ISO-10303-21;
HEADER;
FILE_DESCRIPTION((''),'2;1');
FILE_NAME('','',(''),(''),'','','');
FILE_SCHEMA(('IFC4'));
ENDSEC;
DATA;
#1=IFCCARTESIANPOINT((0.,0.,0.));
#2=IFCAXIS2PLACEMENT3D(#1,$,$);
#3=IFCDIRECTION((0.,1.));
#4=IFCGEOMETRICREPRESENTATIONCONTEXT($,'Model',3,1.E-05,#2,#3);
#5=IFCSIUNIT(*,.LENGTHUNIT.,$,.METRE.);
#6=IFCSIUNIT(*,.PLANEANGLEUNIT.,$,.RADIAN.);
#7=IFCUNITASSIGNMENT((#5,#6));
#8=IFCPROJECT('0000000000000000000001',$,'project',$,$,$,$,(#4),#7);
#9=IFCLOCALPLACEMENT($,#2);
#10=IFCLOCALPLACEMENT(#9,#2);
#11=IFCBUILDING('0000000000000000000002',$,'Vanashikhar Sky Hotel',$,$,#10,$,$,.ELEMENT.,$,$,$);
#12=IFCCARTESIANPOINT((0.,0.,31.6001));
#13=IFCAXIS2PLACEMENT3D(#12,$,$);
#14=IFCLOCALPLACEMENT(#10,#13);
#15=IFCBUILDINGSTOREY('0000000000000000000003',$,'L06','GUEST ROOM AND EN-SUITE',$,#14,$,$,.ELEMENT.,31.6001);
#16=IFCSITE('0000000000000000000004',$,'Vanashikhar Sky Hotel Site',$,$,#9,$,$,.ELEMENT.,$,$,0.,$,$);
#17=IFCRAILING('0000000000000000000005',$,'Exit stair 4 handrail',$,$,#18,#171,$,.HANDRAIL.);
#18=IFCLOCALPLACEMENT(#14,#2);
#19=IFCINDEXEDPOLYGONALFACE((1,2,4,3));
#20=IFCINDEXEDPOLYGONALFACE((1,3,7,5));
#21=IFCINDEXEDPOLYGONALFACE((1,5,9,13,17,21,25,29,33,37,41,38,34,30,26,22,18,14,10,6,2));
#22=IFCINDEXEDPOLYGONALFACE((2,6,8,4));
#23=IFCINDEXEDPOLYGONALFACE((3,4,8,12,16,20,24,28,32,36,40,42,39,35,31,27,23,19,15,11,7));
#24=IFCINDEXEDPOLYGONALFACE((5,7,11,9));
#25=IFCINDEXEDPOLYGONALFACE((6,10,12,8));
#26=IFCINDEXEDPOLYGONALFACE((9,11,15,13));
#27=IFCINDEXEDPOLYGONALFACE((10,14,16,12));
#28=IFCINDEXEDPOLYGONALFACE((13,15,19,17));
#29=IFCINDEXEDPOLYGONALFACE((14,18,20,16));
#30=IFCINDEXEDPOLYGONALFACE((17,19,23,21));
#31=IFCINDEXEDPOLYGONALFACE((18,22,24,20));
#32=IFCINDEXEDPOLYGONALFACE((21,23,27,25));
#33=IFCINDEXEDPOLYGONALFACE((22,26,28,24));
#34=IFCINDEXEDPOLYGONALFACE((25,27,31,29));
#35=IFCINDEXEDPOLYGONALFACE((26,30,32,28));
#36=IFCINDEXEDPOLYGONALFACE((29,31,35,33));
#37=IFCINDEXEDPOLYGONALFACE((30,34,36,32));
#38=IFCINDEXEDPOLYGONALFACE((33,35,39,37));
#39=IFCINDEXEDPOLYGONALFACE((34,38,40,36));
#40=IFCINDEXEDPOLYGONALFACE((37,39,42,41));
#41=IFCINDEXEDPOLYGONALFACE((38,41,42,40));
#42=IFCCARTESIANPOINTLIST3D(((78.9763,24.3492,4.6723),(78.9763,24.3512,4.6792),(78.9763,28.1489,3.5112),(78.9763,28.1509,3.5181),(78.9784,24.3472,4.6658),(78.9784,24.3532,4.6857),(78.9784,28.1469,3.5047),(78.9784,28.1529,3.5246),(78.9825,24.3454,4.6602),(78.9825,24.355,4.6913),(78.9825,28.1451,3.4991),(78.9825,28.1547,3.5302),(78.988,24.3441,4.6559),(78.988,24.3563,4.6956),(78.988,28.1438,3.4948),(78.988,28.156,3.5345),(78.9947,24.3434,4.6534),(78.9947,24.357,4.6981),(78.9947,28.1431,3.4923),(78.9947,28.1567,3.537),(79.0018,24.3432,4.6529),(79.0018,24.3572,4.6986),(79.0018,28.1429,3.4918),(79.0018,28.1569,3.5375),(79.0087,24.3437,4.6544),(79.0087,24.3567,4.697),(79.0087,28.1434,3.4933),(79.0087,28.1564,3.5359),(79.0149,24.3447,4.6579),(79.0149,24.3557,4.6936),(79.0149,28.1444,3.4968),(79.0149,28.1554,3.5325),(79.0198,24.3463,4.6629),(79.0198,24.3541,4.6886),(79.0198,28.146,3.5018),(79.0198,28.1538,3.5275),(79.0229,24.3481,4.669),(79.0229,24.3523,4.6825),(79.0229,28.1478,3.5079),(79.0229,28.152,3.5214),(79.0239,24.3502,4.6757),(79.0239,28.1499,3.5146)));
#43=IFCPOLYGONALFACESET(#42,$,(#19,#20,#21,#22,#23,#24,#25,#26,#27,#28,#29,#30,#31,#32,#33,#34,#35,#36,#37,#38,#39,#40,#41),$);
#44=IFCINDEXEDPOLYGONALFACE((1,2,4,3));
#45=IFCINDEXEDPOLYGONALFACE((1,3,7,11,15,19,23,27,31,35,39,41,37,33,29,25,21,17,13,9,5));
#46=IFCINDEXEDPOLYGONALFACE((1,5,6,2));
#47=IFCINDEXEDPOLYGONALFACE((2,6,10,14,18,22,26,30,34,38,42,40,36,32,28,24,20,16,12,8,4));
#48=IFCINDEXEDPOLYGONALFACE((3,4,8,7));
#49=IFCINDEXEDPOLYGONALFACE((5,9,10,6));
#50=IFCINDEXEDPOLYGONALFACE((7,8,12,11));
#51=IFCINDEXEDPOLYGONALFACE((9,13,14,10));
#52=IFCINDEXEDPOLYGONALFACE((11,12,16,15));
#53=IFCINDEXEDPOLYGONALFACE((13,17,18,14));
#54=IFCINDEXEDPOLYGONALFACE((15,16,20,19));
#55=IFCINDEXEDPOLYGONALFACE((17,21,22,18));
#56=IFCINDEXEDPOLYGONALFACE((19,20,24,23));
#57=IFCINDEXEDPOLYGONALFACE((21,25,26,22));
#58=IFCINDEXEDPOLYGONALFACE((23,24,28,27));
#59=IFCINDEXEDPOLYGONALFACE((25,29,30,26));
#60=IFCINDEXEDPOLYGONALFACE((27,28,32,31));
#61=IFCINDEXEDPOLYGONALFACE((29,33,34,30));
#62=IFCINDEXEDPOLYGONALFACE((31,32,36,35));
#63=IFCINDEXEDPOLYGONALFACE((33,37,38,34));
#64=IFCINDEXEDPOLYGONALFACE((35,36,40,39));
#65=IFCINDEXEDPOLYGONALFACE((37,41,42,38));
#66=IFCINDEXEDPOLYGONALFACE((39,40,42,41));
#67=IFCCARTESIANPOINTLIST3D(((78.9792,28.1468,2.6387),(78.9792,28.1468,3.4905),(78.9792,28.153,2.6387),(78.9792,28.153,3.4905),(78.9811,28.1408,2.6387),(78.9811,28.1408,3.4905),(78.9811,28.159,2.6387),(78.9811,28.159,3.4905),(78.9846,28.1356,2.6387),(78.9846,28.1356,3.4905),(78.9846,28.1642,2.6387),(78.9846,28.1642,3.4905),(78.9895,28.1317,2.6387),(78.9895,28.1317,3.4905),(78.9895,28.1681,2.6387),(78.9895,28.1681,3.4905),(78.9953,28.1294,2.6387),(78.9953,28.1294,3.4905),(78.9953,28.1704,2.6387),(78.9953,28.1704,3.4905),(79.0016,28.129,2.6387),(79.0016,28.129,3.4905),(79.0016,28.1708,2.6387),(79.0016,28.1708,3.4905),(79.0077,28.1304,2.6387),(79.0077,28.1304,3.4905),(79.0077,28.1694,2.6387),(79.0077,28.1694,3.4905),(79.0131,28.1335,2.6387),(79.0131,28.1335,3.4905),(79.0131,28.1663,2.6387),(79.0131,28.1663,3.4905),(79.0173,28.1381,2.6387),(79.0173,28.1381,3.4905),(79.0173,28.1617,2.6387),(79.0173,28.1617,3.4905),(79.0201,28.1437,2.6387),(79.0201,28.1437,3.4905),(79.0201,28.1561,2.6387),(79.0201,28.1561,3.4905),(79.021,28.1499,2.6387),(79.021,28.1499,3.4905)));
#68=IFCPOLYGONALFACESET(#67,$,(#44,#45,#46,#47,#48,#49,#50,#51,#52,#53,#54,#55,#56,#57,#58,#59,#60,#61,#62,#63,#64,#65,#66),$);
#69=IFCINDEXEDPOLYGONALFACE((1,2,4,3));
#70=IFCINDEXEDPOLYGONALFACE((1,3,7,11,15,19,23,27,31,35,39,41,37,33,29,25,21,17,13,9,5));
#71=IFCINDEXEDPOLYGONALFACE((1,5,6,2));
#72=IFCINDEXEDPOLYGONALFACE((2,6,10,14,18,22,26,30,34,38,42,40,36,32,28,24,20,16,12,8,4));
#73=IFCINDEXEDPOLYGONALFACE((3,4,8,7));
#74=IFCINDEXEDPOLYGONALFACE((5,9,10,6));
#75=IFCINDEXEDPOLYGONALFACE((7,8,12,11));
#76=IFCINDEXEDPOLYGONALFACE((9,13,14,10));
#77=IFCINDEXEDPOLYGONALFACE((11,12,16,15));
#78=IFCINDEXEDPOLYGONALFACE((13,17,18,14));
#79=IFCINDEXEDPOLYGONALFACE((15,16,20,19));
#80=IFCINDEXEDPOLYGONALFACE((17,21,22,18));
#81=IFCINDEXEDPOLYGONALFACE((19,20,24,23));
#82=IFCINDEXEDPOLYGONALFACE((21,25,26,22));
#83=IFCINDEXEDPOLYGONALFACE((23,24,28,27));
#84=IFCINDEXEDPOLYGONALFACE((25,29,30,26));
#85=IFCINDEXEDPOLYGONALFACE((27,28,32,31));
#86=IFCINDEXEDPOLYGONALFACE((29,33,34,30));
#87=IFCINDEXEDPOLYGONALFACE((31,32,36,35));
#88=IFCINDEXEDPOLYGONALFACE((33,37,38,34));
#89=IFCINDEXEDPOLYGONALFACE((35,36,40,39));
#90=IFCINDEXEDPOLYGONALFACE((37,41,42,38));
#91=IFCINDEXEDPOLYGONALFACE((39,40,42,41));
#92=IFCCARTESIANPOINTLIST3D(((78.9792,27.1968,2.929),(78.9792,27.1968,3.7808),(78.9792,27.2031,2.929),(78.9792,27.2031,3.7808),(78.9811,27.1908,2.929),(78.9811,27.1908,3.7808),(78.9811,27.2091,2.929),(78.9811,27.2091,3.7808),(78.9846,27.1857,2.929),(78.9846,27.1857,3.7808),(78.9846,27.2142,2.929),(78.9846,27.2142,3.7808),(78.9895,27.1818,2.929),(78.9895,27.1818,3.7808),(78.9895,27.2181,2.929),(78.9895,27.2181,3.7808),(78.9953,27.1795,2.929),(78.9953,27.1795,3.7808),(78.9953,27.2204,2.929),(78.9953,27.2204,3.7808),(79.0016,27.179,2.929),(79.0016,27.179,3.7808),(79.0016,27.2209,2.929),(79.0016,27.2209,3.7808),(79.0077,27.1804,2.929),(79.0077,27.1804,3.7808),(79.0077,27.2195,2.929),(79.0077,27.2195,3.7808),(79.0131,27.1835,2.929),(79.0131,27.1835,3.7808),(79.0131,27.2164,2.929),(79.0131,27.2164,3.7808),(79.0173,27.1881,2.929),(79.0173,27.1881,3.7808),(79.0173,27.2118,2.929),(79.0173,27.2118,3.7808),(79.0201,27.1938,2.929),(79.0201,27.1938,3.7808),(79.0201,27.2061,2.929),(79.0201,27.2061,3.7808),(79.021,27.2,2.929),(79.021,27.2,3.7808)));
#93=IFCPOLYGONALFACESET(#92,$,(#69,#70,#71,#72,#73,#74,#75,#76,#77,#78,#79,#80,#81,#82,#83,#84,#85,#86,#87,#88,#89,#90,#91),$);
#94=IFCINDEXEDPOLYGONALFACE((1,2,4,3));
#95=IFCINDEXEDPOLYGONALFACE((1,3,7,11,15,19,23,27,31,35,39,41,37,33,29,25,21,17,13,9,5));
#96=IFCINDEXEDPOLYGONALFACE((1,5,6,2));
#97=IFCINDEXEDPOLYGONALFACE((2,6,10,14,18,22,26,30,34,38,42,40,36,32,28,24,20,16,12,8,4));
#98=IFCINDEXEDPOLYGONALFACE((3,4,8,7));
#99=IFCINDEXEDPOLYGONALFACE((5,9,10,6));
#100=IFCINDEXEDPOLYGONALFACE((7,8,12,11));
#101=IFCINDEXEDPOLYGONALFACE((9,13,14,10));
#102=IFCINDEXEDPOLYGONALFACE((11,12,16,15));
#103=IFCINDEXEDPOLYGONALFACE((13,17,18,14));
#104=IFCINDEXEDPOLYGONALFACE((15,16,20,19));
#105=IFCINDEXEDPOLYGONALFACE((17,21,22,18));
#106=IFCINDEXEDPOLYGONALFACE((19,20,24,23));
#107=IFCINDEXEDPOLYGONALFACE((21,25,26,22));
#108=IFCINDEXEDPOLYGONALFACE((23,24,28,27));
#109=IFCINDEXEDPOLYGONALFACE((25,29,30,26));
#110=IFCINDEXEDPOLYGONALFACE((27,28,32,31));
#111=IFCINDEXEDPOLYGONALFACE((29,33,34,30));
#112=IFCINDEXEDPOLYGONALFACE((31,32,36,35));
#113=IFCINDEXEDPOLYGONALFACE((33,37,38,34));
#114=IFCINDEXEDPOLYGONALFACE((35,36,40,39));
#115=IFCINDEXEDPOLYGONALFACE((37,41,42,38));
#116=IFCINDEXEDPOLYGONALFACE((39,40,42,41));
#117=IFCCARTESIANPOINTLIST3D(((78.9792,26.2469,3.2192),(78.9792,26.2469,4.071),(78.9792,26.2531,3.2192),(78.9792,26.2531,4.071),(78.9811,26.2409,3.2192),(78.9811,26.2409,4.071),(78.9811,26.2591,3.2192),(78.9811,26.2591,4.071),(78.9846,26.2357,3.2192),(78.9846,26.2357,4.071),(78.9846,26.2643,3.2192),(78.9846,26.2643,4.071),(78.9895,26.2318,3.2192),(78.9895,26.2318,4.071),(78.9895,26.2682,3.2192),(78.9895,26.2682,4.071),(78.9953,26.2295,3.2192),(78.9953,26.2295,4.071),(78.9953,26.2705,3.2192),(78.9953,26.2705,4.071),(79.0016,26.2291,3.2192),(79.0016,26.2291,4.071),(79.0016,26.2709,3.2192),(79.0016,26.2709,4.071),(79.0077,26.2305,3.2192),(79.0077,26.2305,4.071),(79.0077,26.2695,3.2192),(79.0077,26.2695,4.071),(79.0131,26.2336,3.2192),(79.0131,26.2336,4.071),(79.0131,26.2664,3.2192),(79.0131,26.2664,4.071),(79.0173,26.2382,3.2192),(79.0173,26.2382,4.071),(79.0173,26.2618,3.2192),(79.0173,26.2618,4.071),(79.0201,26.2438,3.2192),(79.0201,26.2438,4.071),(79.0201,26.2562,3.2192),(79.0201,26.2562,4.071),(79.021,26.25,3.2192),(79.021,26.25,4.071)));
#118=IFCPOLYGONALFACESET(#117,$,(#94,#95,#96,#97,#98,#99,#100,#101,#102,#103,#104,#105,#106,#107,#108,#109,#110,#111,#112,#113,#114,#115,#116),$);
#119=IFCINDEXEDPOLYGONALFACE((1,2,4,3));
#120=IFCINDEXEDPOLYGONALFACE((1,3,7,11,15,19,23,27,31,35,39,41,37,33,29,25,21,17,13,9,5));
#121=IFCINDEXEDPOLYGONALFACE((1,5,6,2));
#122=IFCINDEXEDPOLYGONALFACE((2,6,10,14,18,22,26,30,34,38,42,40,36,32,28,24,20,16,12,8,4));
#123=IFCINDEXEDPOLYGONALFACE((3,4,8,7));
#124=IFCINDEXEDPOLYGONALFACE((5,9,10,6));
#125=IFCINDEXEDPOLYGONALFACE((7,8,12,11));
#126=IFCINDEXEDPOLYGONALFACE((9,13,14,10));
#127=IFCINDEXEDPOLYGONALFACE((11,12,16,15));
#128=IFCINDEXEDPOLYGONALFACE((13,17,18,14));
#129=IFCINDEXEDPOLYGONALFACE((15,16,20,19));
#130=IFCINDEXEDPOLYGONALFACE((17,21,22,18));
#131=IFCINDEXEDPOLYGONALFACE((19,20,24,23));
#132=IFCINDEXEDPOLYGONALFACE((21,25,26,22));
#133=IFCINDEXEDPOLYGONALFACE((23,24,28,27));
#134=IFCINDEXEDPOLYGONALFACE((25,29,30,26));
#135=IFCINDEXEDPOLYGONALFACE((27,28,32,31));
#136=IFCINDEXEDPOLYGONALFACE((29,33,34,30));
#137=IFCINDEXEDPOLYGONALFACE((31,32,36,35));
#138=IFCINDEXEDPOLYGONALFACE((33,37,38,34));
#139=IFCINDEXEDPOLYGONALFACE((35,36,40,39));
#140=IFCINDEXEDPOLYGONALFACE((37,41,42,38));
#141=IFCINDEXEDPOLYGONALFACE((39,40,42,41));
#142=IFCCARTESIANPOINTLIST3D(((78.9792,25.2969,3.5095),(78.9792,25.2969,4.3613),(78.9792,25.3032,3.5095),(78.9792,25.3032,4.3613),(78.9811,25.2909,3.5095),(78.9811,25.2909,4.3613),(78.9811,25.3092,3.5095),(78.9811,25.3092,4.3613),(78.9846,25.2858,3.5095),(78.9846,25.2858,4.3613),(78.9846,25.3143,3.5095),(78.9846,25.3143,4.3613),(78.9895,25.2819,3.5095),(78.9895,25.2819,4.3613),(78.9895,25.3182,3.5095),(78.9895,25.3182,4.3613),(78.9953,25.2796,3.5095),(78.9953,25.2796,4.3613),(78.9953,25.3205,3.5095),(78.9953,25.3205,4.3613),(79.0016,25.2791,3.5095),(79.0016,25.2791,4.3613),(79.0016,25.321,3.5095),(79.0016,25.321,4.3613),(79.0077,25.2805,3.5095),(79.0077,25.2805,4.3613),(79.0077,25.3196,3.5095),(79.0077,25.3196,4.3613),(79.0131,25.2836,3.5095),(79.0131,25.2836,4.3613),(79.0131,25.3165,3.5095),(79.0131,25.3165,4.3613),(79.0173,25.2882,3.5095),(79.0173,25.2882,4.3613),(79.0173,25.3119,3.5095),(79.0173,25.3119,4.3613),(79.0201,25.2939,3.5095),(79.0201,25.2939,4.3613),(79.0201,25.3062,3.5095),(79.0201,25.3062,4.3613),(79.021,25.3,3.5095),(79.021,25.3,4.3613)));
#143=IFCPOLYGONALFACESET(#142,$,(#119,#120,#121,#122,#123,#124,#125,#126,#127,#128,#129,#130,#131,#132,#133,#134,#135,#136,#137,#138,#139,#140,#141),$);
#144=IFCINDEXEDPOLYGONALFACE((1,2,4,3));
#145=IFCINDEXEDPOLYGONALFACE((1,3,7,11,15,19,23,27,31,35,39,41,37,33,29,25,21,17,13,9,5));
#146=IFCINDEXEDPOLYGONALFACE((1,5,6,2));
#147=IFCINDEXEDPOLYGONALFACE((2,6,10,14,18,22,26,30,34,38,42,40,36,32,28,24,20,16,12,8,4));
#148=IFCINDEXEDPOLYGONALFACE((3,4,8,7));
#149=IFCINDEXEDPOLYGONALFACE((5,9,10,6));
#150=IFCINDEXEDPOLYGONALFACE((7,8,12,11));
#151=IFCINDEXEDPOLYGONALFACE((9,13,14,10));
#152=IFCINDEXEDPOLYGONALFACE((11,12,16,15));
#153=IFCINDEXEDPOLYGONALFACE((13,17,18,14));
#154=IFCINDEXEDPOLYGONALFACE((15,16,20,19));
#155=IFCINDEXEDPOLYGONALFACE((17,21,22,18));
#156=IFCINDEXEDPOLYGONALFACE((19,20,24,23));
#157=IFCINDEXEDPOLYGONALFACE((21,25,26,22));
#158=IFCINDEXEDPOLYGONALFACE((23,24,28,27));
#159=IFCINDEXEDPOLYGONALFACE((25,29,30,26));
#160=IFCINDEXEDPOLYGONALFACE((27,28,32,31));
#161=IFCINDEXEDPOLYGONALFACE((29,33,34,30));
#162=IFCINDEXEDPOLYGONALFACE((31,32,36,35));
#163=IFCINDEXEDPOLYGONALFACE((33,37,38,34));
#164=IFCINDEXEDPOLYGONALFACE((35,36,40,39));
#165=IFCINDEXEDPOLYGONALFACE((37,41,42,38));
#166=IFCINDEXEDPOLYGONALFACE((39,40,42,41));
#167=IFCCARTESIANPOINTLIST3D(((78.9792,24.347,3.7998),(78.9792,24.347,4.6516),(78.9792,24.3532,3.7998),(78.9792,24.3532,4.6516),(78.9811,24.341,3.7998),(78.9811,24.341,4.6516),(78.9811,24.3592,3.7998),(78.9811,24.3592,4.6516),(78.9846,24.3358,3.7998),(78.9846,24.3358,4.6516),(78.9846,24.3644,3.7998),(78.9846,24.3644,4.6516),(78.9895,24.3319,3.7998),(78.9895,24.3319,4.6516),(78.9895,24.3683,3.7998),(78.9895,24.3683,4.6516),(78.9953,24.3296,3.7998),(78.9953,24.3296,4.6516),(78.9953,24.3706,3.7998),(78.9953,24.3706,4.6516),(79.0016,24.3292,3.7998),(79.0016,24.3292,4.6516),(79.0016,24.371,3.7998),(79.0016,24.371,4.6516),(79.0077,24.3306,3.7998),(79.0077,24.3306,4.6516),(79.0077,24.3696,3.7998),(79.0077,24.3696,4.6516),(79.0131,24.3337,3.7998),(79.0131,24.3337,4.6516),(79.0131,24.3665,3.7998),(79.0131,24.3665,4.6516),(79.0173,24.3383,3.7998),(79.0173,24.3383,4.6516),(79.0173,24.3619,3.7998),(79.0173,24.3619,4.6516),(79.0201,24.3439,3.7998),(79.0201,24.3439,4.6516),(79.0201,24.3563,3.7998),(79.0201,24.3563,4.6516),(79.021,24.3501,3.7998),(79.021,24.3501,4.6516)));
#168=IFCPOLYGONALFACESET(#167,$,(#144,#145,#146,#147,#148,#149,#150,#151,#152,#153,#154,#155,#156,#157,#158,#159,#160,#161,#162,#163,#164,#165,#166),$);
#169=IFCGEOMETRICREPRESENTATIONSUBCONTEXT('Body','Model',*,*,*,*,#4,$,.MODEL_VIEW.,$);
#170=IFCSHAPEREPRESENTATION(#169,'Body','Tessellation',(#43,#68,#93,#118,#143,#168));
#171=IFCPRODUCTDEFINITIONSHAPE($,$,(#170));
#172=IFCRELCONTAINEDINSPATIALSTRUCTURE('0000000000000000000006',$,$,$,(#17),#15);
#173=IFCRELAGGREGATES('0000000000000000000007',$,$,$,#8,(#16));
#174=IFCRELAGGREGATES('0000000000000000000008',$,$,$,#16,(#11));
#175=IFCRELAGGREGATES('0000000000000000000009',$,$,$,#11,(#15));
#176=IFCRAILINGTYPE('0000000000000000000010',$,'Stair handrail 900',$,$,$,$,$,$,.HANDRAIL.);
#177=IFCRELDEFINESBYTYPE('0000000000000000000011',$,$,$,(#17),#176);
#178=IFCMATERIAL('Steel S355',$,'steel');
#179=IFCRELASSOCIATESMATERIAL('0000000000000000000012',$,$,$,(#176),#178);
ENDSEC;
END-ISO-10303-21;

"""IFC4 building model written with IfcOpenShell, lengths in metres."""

from ifc_helpers import new_model, si_unit, direction, frame, origin, origin_2d, place, context, subcontext, project, spatial, circle, extrude, source, transform, mapped, material, type_object, element, save


model = new_model("IFC4")

# Units and contexts
model_context = context("Model", 3, precision=1e-05, world=origin(), true_north=direction((0.0, 1.0)))
body_context = subcontext(model_context, "Body", "Model", "MODEL_VIEW")
ifc_project = project(units=[si_unit("LENGTHUNIT", "METRE"), si_unit("PLANEANGLEUNIT", "RADIAN")], contexts=[model_context])

# Site, building, storey
site_placement = place(None, origin())
site = spatial("IfcSite", under=ifc_project, at=site_placement, Name="Vanashikhar Sky Hotel Site", CompositionType="ELEMENT", RefElevation=0.0)
building_placement = place(site_placement, origin())
building = spatial("IfcBuilding", under=site, at=building_placement, Name="Vanashikhar Sky Hotel", CompositionType="ELEMENT")
storey_placement = place(building_placement, frame((0.0, 0.0, 31.6001)))
storey = spatial("IfcBuildingStorey", under=building, at=storey_placement, Name="L06", Description="GUEST ROOM AND EN-SUITE", CompositionType="ELEMENT", Elevation=31.6001)

# Railing
ifc_material_1 = material(Name="Steel S355", Category="steel")
railing_type_1 = type_object("IfcRailingType", Name="Stair handrail 900", PredefinedType="HANDRAIL", material=ifc_material_1)
shared_shape_1 = source(origin(), body_context, "Body", "SweptSolid", [
    extrude(circle(Radius=0.0239, at=origin_2d()), frame((0.0, 0.0, 0.876), z_axis=(0.0, -0.956346, 0.292237), x_axis=(1.0, 0.0, 0.0)), (0.0, 0.0, 1.0), 3.9731),
    extrude(circle(Radius=0.021, at=origin_2d()), origin(), (0.0, 0.0, 1.0), 0.8518),
    extrude(circle(Radius=0.021, at=origin_2d()), frame((0.0, -0.95, 0.2903)), (0.0, 0.0, 1.0), 0.8518),
    extrude(circle(Radius=0.021, at=origin_2d()), frame((0.0, -1.8999, 0.5806)), (0.0, 0.0, 1.0), 0.8518),
    extrude(circle(Radius=0.021, at=origin_2d()), frame((0.0, -2.8499, 0.8708)), (0.0, 0.0, 1.0), 0.8518),
    extrude(circle(Radius=0.021, at=origin_2d()), frame((0.0, -3.7998, 1.1611)), (0.0, 0.0, 1.0), 0.8518),
])
for number, where, name in (
    (1, (79.0, 28.1499, 2.6387), "Exit stair 4 handrail"),
):
    element("IfcRailing", number, at=place(storey_placement, frame(where)), inside=storey, type_object=railing_type_1, Name=name, PredefinedType="HANDRAIL", context=body_context, shape_type="MappedRepresentation", body=[
        mapped(shared_shape_1, transform((0.0, 0.0, 0.0), scale=1.0)),
    ])

save(model, "model.ifc")
